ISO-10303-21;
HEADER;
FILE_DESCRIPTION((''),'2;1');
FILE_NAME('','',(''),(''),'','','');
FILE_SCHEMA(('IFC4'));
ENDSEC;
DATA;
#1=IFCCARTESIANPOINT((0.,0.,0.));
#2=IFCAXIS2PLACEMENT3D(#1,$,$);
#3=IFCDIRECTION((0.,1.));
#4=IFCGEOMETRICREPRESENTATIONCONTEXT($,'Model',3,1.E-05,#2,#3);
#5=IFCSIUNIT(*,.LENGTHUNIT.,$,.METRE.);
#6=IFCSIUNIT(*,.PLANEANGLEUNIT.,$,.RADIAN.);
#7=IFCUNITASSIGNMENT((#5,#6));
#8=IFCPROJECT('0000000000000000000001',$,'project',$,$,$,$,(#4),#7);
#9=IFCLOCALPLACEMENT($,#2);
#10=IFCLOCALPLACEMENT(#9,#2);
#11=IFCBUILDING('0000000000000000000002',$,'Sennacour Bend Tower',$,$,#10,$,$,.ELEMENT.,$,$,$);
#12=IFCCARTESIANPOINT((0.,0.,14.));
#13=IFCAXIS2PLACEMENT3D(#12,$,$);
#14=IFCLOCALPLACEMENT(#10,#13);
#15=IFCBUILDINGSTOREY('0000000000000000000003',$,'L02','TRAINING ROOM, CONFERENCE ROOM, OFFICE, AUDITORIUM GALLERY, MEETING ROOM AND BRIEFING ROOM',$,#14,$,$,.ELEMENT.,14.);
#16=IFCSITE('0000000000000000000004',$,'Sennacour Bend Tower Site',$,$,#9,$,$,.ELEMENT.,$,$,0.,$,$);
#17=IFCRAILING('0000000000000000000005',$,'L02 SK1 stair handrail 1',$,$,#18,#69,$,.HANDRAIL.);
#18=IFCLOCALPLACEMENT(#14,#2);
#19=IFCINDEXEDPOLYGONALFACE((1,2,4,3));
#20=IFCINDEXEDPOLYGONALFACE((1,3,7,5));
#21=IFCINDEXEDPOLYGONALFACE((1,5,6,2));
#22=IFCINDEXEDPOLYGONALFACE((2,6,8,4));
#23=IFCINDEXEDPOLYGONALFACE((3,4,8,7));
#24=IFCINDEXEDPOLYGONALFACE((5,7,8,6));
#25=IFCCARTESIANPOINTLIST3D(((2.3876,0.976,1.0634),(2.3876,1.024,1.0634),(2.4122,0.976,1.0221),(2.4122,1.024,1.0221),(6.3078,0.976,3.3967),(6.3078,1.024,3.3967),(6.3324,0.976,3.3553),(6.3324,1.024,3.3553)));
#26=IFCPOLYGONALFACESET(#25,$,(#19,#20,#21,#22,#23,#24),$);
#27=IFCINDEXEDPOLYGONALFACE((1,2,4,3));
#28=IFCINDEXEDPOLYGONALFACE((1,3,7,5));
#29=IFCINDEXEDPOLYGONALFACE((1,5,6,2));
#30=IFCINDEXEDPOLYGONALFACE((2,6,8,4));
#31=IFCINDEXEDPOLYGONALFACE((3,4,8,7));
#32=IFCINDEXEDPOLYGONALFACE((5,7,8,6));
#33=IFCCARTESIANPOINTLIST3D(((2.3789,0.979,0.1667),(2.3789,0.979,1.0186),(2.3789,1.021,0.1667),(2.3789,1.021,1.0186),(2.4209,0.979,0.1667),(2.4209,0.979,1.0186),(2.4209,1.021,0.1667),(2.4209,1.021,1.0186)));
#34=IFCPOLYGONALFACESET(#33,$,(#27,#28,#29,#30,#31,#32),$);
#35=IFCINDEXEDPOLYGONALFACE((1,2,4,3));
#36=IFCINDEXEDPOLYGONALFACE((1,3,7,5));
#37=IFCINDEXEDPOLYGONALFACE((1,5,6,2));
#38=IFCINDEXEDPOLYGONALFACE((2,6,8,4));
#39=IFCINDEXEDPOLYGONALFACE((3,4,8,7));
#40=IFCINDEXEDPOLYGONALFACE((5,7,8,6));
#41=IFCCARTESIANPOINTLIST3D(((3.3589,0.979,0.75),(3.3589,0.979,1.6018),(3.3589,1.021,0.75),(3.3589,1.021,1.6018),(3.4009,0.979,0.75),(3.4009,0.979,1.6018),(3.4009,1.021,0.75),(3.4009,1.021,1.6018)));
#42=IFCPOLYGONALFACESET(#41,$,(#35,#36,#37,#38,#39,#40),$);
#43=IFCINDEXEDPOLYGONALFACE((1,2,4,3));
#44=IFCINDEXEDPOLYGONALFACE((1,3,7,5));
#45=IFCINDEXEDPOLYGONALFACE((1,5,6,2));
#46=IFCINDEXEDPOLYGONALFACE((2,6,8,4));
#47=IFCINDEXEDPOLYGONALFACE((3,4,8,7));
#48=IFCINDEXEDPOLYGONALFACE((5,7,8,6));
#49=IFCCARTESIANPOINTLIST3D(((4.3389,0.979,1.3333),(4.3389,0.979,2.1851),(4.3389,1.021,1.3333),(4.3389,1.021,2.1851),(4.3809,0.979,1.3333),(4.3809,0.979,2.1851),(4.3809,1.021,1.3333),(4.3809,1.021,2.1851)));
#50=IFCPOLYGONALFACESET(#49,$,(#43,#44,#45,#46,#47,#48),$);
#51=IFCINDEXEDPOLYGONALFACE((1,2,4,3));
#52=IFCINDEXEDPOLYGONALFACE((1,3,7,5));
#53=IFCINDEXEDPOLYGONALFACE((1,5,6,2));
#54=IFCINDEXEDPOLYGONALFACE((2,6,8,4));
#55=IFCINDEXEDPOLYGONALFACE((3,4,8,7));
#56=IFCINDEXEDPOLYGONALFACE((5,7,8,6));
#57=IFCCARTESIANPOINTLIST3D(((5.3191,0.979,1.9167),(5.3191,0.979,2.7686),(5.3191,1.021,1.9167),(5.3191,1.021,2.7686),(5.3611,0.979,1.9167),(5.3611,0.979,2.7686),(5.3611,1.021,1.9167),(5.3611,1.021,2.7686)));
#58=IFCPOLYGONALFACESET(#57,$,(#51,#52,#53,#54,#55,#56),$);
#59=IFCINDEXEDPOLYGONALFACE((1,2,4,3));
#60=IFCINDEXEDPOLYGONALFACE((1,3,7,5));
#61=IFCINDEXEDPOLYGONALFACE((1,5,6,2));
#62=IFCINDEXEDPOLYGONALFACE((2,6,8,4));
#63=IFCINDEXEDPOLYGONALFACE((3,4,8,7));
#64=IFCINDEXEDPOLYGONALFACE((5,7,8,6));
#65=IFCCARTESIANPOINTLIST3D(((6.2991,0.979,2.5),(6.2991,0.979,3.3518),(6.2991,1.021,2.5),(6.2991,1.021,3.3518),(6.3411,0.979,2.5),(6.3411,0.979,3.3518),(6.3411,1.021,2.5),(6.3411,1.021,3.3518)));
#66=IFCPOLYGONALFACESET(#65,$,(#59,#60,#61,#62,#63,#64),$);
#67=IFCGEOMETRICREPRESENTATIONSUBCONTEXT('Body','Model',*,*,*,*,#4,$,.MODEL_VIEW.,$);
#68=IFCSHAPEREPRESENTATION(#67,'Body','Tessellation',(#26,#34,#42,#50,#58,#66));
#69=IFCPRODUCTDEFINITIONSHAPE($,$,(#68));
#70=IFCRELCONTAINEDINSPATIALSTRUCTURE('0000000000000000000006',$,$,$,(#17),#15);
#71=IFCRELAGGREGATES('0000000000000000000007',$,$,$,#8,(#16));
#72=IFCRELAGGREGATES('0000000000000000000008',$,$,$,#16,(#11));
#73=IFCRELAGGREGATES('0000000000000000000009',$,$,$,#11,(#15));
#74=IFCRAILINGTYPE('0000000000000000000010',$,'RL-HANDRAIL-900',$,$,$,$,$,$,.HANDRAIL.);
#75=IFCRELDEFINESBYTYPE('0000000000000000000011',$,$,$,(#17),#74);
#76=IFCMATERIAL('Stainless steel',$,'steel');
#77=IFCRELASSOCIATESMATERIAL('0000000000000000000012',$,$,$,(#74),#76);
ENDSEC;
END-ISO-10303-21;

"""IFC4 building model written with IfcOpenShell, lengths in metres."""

from ifc_helpers import new_model, si_unit, direction, frame, origin, origin_2d, place, context, subcontext, project, spatial, rectangle, extrude, material, type_object, element, save


model = new_model("IFC4")

# Units and contexts
model_context = context("Model", 3, precision=1e-05, world=origin(), true_north=direction((0.0, 1.0)))
body_context = subcontext(model_context, "Body", "Model", "MODEL_VIEW")
ifc_project = project(units=[si_unit("LENGTHUNIT", "METRE"), si_unit("PLANEANGLEUNIT", "RADIAN")], contexts=[model_context])

# Site, building, storey
site_placement = place(None, origin())
site = spatial("IfcSite", under=ifc_project, at=site_placement, Name="Sennacour Bend Tower Site", CompositionType="ELEMENT", RefElevation=0.0)
building_placement = place(site_placement, origin())
building = spatial("IfcBuilding", under=site, at=building_placement, Name="Sennacour Bend Tower", CompositionType="ELEMENT")
storey_placement = place(building_placement, frame((0.0, 0.0, 14.0)))
storey = spatial("IfcBuildingStorey", under=building, at=storey_placement, Name="L02", Description="TRAINING ROOM, CONFERENCE ROOM, OFFICE, AUDITORIUM GALLERY, MEETING ROOM AND BRIEFING ROOM", CompositionType="ELEMENT", Elevation=14.0)

# Railing
ifc_material_1 = material(Name="Stainless steel", Category="steel")
railing_type_1 = type_object("IfcRailingType", Name="RL-HANDRAIL-900", PredefinedType="HANDRAIL", material=ifc_material_1)
railing_1_placement = place(storey_placement, frame((2.3999, 1.0, 0.1667)))
element("IfcRailing", 1, at=railing_1_placement, inside=storey, type_object=railing_type_1, Name="L02 SK1 stair handrail 1", PredefinedType="HANDRAIL", context=body_context, shape_type="SweptSolid", body=[
    extrude(rectangle(XDim=0.0481, YDim=0.0481, at=origin_2d()), frame((0.0, 0.0, 0.876), z_axis=(0.85931, 0.0, 0.511455), x_axis=(0.0, 1.0, 0.0)), (0.0, 0.0, 1.0), 4.562),
    extrude(rectangle(XDim=0.042, YDim=0.042, at=origin_2d()), origin(), (0.0, 0.0, 1.0), 0.8518),
    extrude(rectangle(XDim=0.042, YDim=0.042, at=origin_2d()), frame((0.98, 0.0, 0.5833)), (0.0, 0.0, 1.0), 0.8518),
    extrude(rectangle(XDim=0.042, YDim=0.042, at=origin_2d()), frame((1.96, 0.0, 1.1665)), (0.0, 0.0, 1.0), 0.8518),
    extrude(rectangle(XDim=0.042, YDim=0.042, at=origin_2d()), frame((2.9402, 0.0, 1.75)), (0.0, 0.0, 1.0), 0.8518),
    extrude(rectangle(XDim=0.042, YDim=0.042, at=origin_2d()), frame((3.9202, 0.0, 2.3333)), (0.0, 0.0, 1.0), 0.8518),
])

save(model, "model.ifc")
